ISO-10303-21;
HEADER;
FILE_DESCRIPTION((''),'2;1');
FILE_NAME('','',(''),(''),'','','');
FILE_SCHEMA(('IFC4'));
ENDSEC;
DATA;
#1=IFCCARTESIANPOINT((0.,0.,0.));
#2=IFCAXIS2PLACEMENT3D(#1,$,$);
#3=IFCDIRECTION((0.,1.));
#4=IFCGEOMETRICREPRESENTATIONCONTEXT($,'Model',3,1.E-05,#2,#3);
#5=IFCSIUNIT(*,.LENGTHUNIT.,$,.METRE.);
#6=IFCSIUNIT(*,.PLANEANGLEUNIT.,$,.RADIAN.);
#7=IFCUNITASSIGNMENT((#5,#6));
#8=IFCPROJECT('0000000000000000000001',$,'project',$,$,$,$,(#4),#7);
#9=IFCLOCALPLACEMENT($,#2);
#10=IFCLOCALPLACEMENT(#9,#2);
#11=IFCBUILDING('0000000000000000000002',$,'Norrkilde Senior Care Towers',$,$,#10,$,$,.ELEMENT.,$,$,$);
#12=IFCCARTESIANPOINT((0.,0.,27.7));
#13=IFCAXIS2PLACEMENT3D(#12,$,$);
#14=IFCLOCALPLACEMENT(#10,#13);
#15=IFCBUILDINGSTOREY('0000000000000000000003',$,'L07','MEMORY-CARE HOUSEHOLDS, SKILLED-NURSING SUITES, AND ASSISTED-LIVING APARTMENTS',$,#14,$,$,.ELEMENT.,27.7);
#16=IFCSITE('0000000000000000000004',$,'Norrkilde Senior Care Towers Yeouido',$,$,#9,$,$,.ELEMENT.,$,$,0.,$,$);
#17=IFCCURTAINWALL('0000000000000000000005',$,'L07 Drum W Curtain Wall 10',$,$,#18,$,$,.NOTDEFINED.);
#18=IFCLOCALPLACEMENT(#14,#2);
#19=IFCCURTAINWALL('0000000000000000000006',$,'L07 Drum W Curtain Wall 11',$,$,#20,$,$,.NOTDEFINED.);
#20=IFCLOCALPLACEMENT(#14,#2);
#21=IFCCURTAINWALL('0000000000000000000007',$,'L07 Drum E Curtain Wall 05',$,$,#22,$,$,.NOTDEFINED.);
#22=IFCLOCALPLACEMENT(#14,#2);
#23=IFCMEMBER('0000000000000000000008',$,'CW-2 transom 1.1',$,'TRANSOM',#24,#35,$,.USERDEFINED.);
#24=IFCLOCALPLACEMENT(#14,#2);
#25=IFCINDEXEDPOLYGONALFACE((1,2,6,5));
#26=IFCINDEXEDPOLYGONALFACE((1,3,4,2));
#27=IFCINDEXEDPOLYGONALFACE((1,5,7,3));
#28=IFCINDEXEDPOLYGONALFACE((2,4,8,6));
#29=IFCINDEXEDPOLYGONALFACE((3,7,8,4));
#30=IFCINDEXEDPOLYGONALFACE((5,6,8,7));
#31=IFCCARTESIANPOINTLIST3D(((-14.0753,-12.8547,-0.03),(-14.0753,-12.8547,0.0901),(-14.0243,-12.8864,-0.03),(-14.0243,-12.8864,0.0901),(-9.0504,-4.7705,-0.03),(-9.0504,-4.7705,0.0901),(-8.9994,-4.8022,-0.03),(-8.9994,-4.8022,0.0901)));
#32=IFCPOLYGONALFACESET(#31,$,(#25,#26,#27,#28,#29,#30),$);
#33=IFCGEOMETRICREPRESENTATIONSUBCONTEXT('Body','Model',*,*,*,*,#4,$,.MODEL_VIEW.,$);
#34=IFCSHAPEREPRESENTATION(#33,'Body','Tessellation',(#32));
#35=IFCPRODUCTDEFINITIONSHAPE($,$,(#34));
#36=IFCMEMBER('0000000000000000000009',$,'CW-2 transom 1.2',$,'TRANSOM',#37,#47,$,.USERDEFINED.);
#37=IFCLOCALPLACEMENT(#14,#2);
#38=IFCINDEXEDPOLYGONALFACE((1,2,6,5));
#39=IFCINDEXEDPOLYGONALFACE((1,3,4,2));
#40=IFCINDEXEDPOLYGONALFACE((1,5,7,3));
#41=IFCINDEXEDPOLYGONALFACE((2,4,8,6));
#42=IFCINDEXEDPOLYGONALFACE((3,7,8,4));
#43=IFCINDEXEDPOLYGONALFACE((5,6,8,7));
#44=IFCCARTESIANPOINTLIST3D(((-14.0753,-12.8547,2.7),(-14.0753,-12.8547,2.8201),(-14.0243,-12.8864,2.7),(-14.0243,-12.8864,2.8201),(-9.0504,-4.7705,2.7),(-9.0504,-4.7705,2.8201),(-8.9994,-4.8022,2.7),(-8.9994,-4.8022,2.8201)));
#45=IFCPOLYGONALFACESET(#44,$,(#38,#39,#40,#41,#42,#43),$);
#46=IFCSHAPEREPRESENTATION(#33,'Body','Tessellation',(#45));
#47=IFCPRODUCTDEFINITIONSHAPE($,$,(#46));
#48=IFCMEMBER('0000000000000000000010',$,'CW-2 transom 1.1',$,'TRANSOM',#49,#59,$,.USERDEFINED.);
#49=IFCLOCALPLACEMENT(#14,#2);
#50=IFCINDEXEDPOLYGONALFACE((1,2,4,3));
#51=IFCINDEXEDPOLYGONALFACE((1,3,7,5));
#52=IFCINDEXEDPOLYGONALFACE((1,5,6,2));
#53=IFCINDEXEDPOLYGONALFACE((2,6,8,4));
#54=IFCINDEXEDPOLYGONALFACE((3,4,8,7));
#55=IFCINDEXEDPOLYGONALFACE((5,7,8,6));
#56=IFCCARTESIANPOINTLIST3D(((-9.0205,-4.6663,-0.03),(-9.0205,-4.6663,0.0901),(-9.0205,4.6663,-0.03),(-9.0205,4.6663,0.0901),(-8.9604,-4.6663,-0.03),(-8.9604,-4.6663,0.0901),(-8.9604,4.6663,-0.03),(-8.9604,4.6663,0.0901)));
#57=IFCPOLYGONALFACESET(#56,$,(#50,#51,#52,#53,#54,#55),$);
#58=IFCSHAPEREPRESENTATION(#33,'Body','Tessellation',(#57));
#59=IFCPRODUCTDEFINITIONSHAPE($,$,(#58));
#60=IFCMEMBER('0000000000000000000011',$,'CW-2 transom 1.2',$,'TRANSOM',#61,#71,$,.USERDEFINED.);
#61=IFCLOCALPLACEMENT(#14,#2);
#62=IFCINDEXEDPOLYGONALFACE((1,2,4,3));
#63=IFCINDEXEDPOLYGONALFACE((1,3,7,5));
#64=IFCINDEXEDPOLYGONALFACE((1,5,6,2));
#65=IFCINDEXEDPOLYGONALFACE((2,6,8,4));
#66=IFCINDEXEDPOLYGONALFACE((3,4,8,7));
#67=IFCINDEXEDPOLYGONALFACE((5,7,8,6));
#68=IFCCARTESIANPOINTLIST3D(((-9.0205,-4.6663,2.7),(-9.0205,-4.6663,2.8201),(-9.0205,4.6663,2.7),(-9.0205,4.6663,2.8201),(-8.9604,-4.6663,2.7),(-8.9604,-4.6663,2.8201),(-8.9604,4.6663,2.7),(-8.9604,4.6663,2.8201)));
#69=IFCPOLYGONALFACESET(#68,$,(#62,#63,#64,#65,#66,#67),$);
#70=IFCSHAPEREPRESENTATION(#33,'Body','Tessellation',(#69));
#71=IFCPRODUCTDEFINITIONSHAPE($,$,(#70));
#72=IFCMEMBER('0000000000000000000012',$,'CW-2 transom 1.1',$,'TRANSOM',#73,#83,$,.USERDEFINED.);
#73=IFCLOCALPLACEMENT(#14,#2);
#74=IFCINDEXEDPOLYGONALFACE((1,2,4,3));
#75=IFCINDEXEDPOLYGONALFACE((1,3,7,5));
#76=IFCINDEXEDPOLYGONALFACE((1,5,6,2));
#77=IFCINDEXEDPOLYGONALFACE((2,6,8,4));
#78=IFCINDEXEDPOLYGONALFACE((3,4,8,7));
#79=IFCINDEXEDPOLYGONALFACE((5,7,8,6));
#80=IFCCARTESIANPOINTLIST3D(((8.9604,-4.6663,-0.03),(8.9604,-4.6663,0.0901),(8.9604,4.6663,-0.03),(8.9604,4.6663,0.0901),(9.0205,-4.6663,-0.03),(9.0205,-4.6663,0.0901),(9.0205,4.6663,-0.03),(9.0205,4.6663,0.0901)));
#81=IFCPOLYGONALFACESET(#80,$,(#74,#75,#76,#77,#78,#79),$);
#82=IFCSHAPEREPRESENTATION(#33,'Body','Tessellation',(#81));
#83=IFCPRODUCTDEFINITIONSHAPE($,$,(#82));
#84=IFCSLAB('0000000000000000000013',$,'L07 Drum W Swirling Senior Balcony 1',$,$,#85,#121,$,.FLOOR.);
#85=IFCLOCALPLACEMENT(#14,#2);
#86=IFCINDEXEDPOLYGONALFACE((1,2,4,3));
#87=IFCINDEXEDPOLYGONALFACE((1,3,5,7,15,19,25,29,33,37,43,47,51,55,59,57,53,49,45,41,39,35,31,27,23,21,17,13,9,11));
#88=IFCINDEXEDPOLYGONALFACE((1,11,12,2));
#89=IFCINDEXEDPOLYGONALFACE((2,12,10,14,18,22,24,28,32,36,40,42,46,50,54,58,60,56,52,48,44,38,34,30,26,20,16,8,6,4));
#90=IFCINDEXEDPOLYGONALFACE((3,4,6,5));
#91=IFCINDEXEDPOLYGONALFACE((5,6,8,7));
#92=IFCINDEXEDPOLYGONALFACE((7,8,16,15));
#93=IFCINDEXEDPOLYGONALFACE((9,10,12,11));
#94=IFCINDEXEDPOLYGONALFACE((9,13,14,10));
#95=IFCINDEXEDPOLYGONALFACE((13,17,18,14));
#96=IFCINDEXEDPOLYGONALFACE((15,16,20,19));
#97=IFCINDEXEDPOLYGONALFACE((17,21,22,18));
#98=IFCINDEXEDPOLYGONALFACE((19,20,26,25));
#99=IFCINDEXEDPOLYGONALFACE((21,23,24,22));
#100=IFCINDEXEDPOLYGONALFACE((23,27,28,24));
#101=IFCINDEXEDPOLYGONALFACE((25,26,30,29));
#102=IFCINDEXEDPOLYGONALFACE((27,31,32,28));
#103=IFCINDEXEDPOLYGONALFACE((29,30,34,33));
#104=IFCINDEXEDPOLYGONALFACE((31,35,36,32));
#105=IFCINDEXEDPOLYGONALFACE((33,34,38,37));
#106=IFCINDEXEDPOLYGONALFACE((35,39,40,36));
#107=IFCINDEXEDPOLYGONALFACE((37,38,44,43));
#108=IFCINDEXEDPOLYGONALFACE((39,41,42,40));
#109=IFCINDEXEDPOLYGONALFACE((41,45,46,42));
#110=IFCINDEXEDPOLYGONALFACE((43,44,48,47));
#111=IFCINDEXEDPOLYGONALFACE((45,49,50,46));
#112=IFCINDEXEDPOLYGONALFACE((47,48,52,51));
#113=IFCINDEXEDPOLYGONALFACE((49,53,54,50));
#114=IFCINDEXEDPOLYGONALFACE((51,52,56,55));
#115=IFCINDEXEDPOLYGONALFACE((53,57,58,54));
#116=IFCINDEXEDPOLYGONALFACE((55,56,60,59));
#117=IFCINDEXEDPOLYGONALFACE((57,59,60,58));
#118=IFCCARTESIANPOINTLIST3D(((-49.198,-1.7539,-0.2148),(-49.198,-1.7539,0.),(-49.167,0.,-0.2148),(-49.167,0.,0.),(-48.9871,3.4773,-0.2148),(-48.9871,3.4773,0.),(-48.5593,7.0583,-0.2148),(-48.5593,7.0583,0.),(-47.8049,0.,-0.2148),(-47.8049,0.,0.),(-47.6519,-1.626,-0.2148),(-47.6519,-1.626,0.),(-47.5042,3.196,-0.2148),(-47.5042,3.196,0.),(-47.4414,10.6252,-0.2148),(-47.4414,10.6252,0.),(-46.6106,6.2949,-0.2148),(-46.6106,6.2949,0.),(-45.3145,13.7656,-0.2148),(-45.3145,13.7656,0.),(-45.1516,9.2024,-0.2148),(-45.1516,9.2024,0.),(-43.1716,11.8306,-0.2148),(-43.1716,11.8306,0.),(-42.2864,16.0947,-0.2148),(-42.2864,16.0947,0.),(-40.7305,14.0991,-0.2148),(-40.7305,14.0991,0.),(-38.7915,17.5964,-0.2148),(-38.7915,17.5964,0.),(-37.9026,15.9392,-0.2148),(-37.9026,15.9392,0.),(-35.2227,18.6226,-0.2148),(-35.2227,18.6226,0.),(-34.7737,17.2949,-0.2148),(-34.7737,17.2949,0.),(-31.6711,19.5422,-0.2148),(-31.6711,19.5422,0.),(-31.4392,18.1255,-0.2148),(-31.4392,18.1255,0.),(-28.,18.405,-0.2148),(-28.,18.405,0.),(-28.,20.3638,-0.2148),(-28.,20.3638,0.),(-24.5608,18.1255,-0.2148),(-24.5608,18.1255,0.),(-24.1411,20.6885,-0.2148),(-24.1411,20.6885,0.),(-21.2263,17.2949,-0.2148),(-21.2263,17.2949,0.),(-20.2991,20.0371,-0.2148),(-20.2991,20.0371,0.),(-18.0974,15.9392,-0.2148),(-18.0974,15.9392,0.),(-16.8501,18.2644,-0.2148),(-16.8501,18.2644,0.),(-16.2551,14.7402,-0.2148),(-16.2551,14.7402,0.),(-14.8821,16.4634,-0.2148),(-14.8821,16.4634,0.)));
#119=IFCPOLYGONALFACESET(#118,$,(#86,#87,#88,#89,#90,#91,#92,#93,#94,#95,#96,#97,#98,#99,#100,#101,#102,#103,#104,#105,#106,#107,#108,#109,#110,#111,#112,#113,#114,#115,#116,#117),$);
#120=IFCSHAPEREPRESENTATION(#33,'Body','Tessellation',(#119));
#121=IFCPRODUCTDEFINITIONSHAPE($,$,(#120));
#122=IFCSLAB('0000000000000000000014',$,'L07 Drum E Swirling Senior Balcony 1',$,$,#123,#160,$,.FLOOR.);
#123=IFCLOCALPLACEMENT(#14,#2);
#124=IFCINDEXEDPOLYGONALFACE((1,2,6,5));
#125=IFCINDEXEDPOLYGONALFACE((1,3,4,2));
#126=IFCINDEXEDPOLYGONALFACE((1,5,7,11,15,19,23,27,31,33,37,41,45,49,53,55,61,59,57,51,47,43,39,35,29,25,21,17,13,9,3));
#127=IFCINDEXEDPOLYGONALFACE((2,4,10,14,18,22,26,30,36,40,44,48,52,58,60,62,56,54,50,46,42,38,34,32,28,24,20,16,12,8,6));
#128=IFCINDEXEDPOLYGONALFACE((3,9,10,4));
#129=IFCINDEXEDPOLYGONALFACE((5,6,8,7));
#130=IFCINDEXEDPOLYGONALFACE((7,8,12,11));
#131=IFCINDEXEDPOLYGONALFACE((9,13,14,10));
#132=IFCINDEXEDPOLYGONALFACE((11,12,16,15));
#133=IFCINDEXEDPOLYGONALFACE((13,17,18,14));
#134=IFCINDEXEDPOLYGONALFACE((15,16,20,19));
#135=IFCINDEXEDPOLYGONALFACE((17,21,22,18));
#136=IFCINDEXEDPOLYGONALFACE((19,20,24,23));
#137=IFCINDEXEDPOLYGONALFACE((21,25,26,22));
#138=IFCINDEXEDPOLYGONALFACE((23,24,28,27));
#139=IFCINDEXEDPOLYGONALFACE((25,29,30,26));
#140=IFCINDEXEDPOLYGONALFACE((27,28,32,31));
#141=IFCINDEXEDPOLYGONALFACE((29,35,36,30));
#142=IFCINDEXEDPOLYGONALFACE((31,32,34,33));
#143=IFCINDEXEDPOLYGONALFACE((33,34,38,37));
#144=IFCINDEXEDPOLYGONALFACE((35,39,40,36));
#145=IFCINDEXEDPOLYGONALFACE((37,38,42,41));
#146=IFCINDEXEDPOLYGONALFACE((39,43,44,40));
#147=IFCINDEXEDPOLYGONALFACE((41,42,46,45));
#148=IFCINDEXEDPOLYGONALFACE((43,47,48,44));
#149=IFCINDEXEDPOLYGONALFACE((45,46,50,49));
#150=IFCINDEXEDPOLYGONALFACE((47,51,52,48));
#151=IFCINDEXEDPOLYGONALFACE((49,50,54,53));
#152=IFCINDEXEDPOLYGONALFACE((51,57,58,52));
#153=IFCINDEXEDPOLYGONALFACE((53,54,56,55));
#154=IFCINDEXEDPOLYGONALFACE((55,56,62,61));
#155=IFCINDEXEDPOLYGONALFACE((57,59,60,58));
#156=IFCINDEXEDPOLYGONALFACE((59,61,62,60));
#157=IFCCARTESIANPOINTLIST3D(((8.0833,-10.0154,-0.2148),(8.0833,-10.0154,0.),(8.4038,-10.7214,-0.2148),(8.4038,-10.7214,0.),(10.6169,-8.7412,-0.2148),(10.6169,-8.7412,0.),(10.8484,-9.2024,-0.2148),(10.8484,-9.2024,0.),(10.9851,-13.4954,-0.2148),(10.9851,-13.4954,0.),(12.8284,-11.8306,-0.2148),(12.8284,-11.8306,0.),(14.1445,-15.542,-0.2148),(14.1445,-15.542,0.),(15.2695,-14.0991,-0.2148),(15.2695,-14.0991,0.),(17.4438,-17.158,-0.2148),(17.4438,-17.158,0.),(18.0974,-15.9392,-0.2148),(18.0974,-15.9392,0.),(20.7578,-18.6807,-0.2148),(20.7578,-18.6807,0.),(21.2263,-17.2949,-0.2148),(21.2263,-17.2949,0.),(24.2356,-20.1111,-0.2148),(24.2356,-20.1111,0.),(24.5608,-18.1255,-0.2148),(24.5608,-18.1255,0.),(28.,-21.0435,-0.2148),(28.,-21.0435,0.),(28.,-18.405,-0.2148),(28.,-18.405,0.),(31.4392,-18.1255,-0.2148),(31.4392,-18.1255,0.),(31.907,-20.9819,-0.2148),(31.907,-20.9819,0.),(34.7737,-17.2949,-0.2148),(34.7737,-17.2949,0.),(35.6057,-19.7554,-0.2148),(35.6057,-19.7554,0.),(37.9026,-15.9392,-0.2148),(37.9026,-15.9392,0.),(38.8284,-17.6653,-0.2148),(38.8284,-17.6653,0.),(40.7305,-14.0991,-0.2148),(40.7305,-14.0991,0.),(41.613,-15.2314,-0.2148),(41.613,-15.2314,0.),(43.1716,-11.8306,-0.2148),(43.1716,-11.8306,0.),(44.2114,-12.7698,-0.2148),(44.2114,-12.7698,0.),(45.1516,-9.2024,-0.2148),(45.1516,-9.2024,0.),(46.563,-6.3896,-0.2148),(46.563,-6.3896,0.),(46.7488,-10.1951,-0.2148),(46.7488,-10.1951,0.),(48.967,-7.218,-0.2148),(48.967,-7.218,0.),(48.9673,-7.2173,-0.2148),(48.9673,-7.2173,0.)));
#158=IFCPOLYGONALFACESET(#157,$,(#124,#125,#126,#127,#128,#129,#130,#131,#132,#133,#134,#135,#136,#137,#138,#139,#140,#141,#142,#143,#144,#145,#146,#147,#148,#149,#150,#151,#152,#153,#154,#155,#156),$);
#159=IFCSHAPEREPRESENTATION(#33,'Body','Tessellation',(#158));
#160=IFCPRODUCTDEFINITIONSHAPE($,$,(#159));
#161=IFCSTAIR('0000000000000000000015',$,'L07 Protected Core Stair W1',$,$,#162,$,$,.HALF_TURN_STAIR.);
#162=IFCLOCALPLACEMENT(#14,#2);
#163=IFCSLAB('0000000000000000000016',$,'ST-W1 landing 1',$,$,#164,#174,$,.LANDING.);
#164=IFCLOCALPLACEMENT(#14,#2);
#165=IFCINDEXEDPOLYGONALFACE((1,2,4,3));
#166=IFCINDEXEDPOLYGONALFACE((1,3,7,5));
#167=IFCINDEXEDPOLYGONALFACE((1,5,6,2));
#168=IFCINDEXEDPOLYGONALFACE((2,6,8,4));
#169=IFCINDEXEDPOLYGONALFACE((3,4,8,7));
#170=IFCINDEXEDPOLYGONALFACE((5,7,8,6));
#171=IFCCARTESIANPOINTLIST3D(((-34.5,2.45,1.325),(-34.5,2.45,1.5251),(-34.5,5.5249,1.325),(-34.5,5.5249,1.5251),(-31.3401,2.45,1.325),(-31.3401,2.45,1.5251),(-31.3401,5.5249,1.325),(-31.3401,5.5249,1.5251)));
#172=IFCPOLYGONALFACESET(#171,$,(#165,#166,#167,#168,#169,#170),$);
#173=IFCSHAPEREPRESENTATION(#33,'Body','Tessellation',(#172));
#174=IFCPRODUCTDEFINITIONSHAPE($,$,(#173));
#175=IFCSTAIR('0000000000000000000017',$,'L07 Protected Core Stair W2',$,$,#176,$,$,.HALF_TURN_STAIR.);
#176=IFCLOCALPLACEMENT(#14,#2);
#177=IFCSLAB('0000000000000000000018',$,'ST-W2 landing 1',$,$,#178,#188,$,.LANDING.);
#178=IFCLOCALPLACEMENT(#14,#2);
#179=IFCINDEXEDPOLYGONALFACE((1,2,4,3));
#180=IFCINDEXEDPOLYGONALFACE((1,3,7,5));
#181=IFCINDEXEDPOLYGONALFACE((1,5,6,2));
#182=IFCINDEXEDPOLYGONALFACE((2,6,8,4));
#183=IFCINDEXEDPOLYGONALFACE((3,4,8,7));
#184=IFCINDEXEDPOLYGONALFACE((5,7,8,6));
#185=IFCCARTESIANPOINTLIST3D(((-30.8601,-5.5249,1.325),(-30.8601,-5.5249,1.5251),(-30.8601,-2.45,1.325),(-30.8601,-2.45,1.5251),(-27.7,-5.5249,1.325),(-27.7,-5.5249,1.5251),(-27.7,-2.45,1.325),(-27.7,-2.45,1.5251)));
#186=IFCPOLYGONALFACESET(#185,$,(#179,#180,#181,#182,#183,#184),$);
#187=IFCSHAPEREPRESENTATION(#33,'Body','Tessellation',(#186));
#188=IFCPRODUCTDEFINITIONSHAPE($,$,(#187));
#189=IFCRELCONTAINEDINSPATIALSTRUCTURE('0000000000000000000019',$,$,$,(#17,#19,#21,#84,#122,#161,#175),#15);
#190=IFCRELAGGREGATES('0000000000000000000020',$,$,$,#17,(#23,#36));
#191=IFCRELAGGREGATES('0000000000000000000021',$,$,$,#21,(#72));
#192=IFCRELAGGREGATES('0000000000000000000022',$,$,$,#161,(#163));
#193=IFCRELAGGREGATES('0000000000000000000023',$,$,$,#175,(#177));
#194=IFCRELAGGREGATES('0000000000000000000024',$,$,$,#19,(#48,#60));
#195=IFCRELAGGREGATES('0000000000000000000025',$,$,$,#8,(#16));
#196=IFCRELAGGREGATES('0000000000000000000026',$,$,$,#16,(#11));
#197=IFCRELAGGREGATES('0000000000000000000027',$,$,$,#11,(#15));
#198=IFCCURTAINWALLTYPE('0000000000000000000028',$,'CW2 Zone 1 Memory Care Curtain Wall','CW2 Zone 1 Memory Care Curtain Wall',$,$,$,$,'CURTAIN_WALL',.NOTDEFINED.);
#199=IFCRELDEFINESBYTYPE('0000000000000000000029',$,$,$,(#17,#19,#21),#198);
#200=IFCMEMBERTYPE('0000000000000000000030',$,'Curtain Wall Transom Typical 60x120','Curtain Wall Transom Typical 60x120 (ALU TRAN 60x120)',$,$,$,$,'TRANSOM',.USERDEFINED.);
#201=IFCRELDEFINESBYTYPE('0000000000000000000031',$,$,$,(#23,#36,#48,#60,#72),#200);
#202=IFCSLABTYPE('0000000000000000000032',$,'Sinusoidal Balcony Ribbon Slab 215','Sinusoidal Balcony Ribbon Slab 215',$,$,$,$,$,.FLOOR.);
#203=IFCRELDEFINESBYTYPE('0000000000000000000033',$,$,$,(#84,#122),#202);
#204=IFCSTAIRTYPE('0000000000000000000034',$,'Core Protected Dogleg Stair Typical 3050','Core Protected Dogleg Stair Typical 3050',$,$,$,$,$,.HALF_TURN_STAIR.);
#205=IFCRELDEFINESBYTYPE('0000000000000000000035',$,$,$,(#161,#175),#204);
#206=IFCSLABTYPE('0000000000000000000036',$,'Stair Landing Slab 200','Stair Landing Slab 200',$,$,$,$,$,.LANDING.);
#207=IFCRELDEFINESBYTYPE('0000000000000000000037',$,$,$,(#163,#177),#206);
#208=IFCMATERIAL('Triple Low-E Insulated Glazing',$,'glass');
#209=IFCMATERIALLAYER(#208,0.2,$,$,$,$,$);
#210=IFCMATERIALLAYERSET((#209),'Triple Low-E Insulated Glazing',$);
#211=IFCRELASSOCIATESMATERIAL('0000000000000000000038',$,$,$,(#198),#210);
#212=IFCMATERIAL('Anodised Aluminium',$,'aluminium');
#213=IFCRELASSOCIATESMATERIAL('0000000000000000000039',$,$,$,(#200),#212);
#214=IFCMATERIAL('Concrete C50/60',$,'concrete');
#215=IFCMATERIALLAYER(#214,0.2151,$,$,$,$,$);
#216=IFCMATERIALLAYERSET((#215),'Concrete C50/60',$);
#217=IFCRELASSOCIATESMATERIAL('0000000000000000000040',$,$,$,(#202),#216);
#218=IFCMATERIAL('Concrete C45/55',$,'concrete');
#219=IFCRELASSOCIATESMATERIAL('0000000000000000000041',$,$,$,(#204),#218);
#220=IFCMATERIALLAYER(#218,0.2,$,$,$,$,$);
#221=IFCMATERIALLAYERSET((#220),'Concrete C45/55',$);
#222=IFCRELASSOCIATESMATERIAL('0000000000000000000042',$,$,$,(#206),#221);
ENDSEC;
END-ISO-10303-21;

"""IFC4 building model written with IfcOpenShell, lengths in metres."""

from ifc_helpers import new_model, si_unit, direction, frame, origin, origin_2d, place, context, subcontext, project, spatial, polyline, rectangle, outline, extrude, source, transform, mapped, material, layer, layer_set, material_profile, profile_set, type_object, type_shapes, element, aggregate, save


model = new_model("IFC4")

# Units and contexts
model_context = context("Model", 3, precision=1e-05, world=origin(), true_north=direction((0.0, 1.0)))
body_context = subcontext(model_context, "Body", "Model", "MODEL_VIEW")
ifc_project = project(units=[si_unit("LENGTHUNIT", "METRE"), si_unit("PLANEANGLEUNIT", "RADIAN")], contexts=[model_context])

# Site, building, storey
site_placement = place(None, origin())
site = spatial("IfcSite", under=ifc_project, at=site_placement, Name="Norrkilde Senior Care Towers Yeouido", CompositionType="ELEMENT", RefElevation=0.0)
building_placement = place(site_placement, origin())
building = spatial("IfcBuilding", under=site, at=building_placement, Name="Norrkilde Senior Care Towers", CompositionType="ELEMENT")
storey_placement = place(building_placement, frame((0.0, 0.0, 27.7)))
storey = spatial("IfcBuildingStorey", under=building, at=storey_placement, Name="L07", Description="MEMORY-CARE HOUSEHOLDS, SKILLED-NURSING SUITES, AND ASSISTED-LIVING APARTMENTS", CompositionType="ELEMENT", Elevation=27.7)

# Curtain wall
ifc_material_1 = material(Name="Triple Low-E Insulated Glazing", Category="glass")
ifc_layer_1 = layer(ifc_material_1, 0.2)
ifc_layer_set_1 = layer_set([ifc_layer_1], Name="Triple Low-E Insulated Glazing")
curtain_wall_type = type_object("IfcCurtainWallType", Name="CW2 Zone 1 Memory Care Curtain Wall", Description="CW2 Zone 1 Memory Care Curtain Wall", ElementType="CURTAIN_WALL", PredefinedType="NOTDEFINED", material=ifc_layer_set_1)
ifc_material_2 = material(Name="Anodised Aluminium", Category="aluminium")
curtain_wall_1_placement = place(storey_placement, origin())
curtain_wall_1 = element("IfcCurtainWall", 1, at=curtain_wall_1_placement, inside=storey, type_object=curtain_wall_type, Name="L07 Drum W Curtain Wall 10", PredefinedType="NOTDEFINED")

# Curtain walls
curtain_wall_2_placement = place(storey_placement, origin())
curtain_wall_2 = element("IfcCurtainWall", 2, at=curtain_wall_2_placement, inside=storey, type_object=curtain_wall_type, Name="L07 Drum W Curtain Wall 11", PredefinedType="NOTDEFINED")
curtain_wall_3_placement = place(storey_placement, origin())
curtain_wall_3 = element("IfcCurtainWall", 3, at=curtain_wall_3_placement, inside=storey, type_object=curtain_wall_type, Name="L07 Drum E Curtain Wall 05", PredefinedType="NOTDEFINED")

# Members
ifc_material_profile_1 = material_profile(ifc_material_2, rectangle(XDim=0.0601, YDim=0.1201, at=origin_2d()), Name="ALU TRAN 60x120")
ifc_profile_set_1 = profile_set([ifc_material_profile_1], Name="Anodised Aluminium")
member_type_1 = type_object("IfcMemberType", Name="Curtain Wall Transom Typical 60x120", Description="Curtain Wall Transom Typical 60x120 (ALU TRAN 60x120)", ElementType="TRANSOM", PredefinedType="USERDEFINED", material=ifc_profile_set_1)
shared_shape_1 = source(origin(), body_context, "Body", "SweptSolid", [
    extrude(rectangle(XDim=0.0601, YDim=0.1201, at=origin_2d()), origin(), (0.0, 0.0, 1.0), 9.5186),
])
member_1_placement = place(storey_placement, frame((-9.0249, -4.7864, 0.03), z_axis=(-0.527902, -0.849306, 0.0), x_axis=(0.849306, -0.527902, 0.0)))
member_1 = element("IfcMember", 4, at=member_1_placement, type_object=member_type_1, Name="CW-2 transom 1.1", ObjectType="TRANSOM", PredefinedType="USERDEFINED", context=body_context, shape_type="MappedRepresentation", body=[
    mapped(shared_shape_1, transform((0.0, 0.0, 0.0), x_axis=(1.0, 0.0, 0.0), y_axis=(0.0, 1.0, 0.0), z_axis=(0.0, 0.0, 1.0), scale=1.0)),
])
member_2_placement = place(storey_placement, frame((-9.0249, -4.7864, 2.76), z_axis=(-0.527902, -0.849306, 0.0), x_axis=(0.849306, -0.527902, 0.0)))
member_2 = element("IfcMember", 5, at=member_2_placement, type_object=member_type_1, Name="CW-2 transom 1.2", ObjectType="TRANSOM", PredefinedType="USERDEFINED", context=body_context, shape_type="MappedRepresentation", body=[
    mapped(shared_shape_1, transform((0.0, 0.0, 0.0), x_axis=(1.0, 0.0, 0.0), y_axis=(0.0, 1.0, 0.0), z_axis=(0.0, 0.0, 1.0), scale=1.0)),
])
aggregate(curtain_wall_1, [member_1, member_2])
shared_shape_2 = source(origin(), body_context, "Body", "SweptSolid", [
    extrude(rectangle(XDim=0.0601, YDim=0.1201, at=origin_2d()), origin(), (0.0, 0.0, 1.0), 9.3325),
])
type_shapes(member_type_1, [shared_shape_1, shared_shape_2])
member_3_placement = place(storey_placement, frame((-8.9905, 4.6663, 0.03), z_axis=(0.0, -1.0, 0.0), x_axis=(1.0, 0.0, 0.0)))
member_3 = element("IfcMember", 6, at=member_3_placement, type_object=member_type_1, Name="CW-2 transom 1.1", ObjectType="TRANSOM", PredefinedType="USERDEFINED", context=body_context, shape_type="MappedRepresentation", body=[
    mapped(shared_shape_2, transform((0.0, 0.0, 0.0), x_axis=(1.0, 0.0, 0.0), y_axis=(0.0, 1.0, 0.0), z_axis=(0.0, 0.0, 1.0), scale=1.0)),
])
member_4_placement = place(storey_placement, frame((-8.9905, 4.6663, 2.76), z_axis=(0.0, -1.0, 0.0), x_axis=(1.0, 0.0, 0.0)))
member_4 = element("IfcMember", 7, at=member_4_placement, type_object=member_type_1, Name="CW-2 transom 1.2", ObjectType="TRANSOM", PredefinedType="USERDEFINED", context=body_context, shape_type="MappedRepresentation", body=[
    mapped(shared_shape_2, transform((0.0, 0.0, 0.0), x_axis=(1.0, 0.0, 0.0), y_axis=(0.0, 1.0, 0.0), z_axis=(0.0, 0.0, 1.0), scale=1.0)),
])
member_5_placement = place(storey_placement, frame((8.9905, -4.6663, 0.03), z_axis=(0.0, 1.0, 0.0), x_axis=(-1.0, 0.0, 0.0)))
member_5 = element("IfcMember", 8, at=member_5_placement, type_object=member_type_1, Name="CW-2 transom 1.1", ObjectType="TRANSOM", PredefinedType="USERDEFINED", context=body_context, shape_type="MappedRepresentation", body=[
    mapped(shared_shape_2, transform((0.0, 0.0, 0.0), x_axis=(1.0, 0.0, 0.0), y_axis=(0.0, 1.0, 0.0), z_axis=(0.0, 0.0, 1.0), scale=1.0)),
])
aggregate(curtain_wall_3, [member_5])

# Slabs
ifc_material_3 = material(Name="Concrete C50/60", Category="concrete")
ifc_layer_2 = layer(ifc_material_3, 0.2151)
ifc_layer_set_2 = layer_set([ifc_layer_2], Name="Concrete C50/60")
slab_type_1 = type_object("IfcSlabType", Name="Sinusoidal Balcony Ribbon Slab 215", Description="Sinusoidal Balcony Ribbon Slab 215", PredefinedType="FLOOR", material=ifc_layer_set_2)
slab_1_placement = place(storey_placement, frame((0.0, 0.0, -0.2148)))
element("IfcSlab", 9, at=slab_1_placement, inside=storey, type_object=slab_type_1, Name="L07 Drum W Swirling Senior Balcony 1", PredefinedType="FLOOR", context=body_context, shape_type="SweptSolid", body=[
    extrude(outline(polyline([(-48.9871, 3.4773), (-48.5593, 7.0583), (-47.4414, 10.6252), (-45.3145, 13.7656), (-42.2864, 16.0947), (-38.7915, 17.5964), (-35.2227, 18.6226), (-31.6711, 19.5422), (-28.0, 20.3638), (-24.1411, 20.6885), (-20.2991, 20.0371), (-16.8501, 18.2644), (-14.8821, 16.4634), (-16.2551, 14.7402), (-18.0974, 15.9392), (-21.2263, 17.2949), (-24.5608, 18.1255), (-28.0, 18.405), (-31.4392, 18.1255), (-34.7737, 17.2949), (-37.9026, 15.9392), (-40.7305, 14.0991), (-43.1716, 11.8306), (-45.1516, 9.2024), (-46.6106, 6.2949), (-47.5042, 3.196), (-47.8049, 0.0), (-47.6519, -1.626), (-49.198, -1.7539), (-49.167, 0.0), (-48.9871, 3.4773)])), origin(), (0.0, 0.0, 1.0), 0.2148),
])
slab_2_placement = place(storey_placement, frame((0.0, 0.0, -0.2148)))
element("IfcSlab", 10, at=slab_2_placement, inside=storey, type_object=slab_type_1, Name="L07 Drum E Swirling Senior Balcony 1", PredefinedType="FLOOR", context=body_context, shape_type="SweptSolid", body=[
    extrude(outline(polyline([(46.7488, -10.1951), (44.2114, -12.7698), (41.613, -15.2314), (38.8284, -17.6653), (35.6057, -19.7554), (31.907, -20.9819), (28.0, -21.0435), (24.2356, -20.1111), (20.7578, -18.6807), (17.4438, -17.158), (14.1445, -15.542), (10.9851, -13.4954), (8.4038, -10.7214), (8.0833, -10.0154), (10.6169, -8.7412), (10.8484, -9.2024), (12.8284, -11.8306), (15.2695, -14.0991), (18.0974, -15.9392), (21.2263, -17.2949), (24.5608, -18.1255), (28.0, -18.405), (31.4392, -18.1255), (34.7737, -17.2949), (37.9026, -15.9392), (40.7305, -14.0991), (43.1716, -11.8306), (45.1516, -9.2024), (46.563, -6.3896), (48.9673, -7.2173), (48.967, -7.218), (46.7488, -10.1951)])), origin(), (0.0, 0.0, 1.0), 0.2148),
])

# Stairs, slabs
ifc_material_4 = material(Name="Concrete C45/55", Category="concrete")
stair_type = type_object("IfcStairType", Name="Core Protected Dogleg Stair Typical 3050", Description="Core Protected Dogleg Stair Typical 3050", PredefinedType="HALF_TURN_STAIR", material=ifc_material_4)
stair_1_placement = place(storey_placement, origin())
stair_1 = element("IfcStair", 11, at=stair_1_placement, inside=storey, type_object=stair_type, Name="L07 Protected Core Stair W1", PredefinedType="HALF_TURN_STAIR")
ifc_layer_3 = layer(ifc_material_4, 0.2)
ifc_layer_set_3 = layer_set([ifc_layer_3], Name="Concrete C45/55")
slab_type_2 = type_object("IfcSlabType", Name="Stair Landing Slab 200", Description="Stair Landing Slab 200", PredefinedType="LANDING", material=ifc_layer_set_3)
slab_3_placement = place(storey_placement, frame((0.0, 0.0, 1.325)))
slab_3 = element("IfcSlab", 12, at=slab_3_placement, type_object=slab_type_2, Name="ST-W1 landing 1", PredefinedType="LANDING", context=body_context, shape_type="SweptSolid", body=[
    extrude(outline(polyline([(-31.3401, 5.5249), (-34.5, 5.5249), (-34.5, 2.45), (-31.3401, 2.45), (-31.3401, 5.5249)])), origin(), (0.0, 0.0, 1.0), 0.2002),
])
aggregate(stair_1, [slab_3])
stair_2_placement = place(storey_placement, origin())
stair_2 = element("IfcStair", 13, at=stair_2_placement, inside=storey, type_object=stair_type, Name="L07 Protected Core Stair W2", PredefinedType="HALF_TURN_STAIR")
slab_4_placement = place(storey_placement, frame((0.0, 0.0, 1.325)))
slab_4 = element("IfcSlab", 14, at=slab_4_placement, type_object=slab_type_2, Name="ST-W2 landing 1", PredefinedType="LANDING", context=body_context, shape_type="SweptSolid", body=[
    extrude(outline(polyline([(-30.8601, -5.5249), (-27.7, -5.5249), (-27.7, -2.45), (-30.8601, -2.45), (-30.8601, -5.5249)])), origin(), (0.0, 0.0, 1.0), 0.2002),
])
aggregate(stair_2, [slab_4])

aggregate(curtain_wall_2, [member_3, member_4])

save(model, "model.ifc")
